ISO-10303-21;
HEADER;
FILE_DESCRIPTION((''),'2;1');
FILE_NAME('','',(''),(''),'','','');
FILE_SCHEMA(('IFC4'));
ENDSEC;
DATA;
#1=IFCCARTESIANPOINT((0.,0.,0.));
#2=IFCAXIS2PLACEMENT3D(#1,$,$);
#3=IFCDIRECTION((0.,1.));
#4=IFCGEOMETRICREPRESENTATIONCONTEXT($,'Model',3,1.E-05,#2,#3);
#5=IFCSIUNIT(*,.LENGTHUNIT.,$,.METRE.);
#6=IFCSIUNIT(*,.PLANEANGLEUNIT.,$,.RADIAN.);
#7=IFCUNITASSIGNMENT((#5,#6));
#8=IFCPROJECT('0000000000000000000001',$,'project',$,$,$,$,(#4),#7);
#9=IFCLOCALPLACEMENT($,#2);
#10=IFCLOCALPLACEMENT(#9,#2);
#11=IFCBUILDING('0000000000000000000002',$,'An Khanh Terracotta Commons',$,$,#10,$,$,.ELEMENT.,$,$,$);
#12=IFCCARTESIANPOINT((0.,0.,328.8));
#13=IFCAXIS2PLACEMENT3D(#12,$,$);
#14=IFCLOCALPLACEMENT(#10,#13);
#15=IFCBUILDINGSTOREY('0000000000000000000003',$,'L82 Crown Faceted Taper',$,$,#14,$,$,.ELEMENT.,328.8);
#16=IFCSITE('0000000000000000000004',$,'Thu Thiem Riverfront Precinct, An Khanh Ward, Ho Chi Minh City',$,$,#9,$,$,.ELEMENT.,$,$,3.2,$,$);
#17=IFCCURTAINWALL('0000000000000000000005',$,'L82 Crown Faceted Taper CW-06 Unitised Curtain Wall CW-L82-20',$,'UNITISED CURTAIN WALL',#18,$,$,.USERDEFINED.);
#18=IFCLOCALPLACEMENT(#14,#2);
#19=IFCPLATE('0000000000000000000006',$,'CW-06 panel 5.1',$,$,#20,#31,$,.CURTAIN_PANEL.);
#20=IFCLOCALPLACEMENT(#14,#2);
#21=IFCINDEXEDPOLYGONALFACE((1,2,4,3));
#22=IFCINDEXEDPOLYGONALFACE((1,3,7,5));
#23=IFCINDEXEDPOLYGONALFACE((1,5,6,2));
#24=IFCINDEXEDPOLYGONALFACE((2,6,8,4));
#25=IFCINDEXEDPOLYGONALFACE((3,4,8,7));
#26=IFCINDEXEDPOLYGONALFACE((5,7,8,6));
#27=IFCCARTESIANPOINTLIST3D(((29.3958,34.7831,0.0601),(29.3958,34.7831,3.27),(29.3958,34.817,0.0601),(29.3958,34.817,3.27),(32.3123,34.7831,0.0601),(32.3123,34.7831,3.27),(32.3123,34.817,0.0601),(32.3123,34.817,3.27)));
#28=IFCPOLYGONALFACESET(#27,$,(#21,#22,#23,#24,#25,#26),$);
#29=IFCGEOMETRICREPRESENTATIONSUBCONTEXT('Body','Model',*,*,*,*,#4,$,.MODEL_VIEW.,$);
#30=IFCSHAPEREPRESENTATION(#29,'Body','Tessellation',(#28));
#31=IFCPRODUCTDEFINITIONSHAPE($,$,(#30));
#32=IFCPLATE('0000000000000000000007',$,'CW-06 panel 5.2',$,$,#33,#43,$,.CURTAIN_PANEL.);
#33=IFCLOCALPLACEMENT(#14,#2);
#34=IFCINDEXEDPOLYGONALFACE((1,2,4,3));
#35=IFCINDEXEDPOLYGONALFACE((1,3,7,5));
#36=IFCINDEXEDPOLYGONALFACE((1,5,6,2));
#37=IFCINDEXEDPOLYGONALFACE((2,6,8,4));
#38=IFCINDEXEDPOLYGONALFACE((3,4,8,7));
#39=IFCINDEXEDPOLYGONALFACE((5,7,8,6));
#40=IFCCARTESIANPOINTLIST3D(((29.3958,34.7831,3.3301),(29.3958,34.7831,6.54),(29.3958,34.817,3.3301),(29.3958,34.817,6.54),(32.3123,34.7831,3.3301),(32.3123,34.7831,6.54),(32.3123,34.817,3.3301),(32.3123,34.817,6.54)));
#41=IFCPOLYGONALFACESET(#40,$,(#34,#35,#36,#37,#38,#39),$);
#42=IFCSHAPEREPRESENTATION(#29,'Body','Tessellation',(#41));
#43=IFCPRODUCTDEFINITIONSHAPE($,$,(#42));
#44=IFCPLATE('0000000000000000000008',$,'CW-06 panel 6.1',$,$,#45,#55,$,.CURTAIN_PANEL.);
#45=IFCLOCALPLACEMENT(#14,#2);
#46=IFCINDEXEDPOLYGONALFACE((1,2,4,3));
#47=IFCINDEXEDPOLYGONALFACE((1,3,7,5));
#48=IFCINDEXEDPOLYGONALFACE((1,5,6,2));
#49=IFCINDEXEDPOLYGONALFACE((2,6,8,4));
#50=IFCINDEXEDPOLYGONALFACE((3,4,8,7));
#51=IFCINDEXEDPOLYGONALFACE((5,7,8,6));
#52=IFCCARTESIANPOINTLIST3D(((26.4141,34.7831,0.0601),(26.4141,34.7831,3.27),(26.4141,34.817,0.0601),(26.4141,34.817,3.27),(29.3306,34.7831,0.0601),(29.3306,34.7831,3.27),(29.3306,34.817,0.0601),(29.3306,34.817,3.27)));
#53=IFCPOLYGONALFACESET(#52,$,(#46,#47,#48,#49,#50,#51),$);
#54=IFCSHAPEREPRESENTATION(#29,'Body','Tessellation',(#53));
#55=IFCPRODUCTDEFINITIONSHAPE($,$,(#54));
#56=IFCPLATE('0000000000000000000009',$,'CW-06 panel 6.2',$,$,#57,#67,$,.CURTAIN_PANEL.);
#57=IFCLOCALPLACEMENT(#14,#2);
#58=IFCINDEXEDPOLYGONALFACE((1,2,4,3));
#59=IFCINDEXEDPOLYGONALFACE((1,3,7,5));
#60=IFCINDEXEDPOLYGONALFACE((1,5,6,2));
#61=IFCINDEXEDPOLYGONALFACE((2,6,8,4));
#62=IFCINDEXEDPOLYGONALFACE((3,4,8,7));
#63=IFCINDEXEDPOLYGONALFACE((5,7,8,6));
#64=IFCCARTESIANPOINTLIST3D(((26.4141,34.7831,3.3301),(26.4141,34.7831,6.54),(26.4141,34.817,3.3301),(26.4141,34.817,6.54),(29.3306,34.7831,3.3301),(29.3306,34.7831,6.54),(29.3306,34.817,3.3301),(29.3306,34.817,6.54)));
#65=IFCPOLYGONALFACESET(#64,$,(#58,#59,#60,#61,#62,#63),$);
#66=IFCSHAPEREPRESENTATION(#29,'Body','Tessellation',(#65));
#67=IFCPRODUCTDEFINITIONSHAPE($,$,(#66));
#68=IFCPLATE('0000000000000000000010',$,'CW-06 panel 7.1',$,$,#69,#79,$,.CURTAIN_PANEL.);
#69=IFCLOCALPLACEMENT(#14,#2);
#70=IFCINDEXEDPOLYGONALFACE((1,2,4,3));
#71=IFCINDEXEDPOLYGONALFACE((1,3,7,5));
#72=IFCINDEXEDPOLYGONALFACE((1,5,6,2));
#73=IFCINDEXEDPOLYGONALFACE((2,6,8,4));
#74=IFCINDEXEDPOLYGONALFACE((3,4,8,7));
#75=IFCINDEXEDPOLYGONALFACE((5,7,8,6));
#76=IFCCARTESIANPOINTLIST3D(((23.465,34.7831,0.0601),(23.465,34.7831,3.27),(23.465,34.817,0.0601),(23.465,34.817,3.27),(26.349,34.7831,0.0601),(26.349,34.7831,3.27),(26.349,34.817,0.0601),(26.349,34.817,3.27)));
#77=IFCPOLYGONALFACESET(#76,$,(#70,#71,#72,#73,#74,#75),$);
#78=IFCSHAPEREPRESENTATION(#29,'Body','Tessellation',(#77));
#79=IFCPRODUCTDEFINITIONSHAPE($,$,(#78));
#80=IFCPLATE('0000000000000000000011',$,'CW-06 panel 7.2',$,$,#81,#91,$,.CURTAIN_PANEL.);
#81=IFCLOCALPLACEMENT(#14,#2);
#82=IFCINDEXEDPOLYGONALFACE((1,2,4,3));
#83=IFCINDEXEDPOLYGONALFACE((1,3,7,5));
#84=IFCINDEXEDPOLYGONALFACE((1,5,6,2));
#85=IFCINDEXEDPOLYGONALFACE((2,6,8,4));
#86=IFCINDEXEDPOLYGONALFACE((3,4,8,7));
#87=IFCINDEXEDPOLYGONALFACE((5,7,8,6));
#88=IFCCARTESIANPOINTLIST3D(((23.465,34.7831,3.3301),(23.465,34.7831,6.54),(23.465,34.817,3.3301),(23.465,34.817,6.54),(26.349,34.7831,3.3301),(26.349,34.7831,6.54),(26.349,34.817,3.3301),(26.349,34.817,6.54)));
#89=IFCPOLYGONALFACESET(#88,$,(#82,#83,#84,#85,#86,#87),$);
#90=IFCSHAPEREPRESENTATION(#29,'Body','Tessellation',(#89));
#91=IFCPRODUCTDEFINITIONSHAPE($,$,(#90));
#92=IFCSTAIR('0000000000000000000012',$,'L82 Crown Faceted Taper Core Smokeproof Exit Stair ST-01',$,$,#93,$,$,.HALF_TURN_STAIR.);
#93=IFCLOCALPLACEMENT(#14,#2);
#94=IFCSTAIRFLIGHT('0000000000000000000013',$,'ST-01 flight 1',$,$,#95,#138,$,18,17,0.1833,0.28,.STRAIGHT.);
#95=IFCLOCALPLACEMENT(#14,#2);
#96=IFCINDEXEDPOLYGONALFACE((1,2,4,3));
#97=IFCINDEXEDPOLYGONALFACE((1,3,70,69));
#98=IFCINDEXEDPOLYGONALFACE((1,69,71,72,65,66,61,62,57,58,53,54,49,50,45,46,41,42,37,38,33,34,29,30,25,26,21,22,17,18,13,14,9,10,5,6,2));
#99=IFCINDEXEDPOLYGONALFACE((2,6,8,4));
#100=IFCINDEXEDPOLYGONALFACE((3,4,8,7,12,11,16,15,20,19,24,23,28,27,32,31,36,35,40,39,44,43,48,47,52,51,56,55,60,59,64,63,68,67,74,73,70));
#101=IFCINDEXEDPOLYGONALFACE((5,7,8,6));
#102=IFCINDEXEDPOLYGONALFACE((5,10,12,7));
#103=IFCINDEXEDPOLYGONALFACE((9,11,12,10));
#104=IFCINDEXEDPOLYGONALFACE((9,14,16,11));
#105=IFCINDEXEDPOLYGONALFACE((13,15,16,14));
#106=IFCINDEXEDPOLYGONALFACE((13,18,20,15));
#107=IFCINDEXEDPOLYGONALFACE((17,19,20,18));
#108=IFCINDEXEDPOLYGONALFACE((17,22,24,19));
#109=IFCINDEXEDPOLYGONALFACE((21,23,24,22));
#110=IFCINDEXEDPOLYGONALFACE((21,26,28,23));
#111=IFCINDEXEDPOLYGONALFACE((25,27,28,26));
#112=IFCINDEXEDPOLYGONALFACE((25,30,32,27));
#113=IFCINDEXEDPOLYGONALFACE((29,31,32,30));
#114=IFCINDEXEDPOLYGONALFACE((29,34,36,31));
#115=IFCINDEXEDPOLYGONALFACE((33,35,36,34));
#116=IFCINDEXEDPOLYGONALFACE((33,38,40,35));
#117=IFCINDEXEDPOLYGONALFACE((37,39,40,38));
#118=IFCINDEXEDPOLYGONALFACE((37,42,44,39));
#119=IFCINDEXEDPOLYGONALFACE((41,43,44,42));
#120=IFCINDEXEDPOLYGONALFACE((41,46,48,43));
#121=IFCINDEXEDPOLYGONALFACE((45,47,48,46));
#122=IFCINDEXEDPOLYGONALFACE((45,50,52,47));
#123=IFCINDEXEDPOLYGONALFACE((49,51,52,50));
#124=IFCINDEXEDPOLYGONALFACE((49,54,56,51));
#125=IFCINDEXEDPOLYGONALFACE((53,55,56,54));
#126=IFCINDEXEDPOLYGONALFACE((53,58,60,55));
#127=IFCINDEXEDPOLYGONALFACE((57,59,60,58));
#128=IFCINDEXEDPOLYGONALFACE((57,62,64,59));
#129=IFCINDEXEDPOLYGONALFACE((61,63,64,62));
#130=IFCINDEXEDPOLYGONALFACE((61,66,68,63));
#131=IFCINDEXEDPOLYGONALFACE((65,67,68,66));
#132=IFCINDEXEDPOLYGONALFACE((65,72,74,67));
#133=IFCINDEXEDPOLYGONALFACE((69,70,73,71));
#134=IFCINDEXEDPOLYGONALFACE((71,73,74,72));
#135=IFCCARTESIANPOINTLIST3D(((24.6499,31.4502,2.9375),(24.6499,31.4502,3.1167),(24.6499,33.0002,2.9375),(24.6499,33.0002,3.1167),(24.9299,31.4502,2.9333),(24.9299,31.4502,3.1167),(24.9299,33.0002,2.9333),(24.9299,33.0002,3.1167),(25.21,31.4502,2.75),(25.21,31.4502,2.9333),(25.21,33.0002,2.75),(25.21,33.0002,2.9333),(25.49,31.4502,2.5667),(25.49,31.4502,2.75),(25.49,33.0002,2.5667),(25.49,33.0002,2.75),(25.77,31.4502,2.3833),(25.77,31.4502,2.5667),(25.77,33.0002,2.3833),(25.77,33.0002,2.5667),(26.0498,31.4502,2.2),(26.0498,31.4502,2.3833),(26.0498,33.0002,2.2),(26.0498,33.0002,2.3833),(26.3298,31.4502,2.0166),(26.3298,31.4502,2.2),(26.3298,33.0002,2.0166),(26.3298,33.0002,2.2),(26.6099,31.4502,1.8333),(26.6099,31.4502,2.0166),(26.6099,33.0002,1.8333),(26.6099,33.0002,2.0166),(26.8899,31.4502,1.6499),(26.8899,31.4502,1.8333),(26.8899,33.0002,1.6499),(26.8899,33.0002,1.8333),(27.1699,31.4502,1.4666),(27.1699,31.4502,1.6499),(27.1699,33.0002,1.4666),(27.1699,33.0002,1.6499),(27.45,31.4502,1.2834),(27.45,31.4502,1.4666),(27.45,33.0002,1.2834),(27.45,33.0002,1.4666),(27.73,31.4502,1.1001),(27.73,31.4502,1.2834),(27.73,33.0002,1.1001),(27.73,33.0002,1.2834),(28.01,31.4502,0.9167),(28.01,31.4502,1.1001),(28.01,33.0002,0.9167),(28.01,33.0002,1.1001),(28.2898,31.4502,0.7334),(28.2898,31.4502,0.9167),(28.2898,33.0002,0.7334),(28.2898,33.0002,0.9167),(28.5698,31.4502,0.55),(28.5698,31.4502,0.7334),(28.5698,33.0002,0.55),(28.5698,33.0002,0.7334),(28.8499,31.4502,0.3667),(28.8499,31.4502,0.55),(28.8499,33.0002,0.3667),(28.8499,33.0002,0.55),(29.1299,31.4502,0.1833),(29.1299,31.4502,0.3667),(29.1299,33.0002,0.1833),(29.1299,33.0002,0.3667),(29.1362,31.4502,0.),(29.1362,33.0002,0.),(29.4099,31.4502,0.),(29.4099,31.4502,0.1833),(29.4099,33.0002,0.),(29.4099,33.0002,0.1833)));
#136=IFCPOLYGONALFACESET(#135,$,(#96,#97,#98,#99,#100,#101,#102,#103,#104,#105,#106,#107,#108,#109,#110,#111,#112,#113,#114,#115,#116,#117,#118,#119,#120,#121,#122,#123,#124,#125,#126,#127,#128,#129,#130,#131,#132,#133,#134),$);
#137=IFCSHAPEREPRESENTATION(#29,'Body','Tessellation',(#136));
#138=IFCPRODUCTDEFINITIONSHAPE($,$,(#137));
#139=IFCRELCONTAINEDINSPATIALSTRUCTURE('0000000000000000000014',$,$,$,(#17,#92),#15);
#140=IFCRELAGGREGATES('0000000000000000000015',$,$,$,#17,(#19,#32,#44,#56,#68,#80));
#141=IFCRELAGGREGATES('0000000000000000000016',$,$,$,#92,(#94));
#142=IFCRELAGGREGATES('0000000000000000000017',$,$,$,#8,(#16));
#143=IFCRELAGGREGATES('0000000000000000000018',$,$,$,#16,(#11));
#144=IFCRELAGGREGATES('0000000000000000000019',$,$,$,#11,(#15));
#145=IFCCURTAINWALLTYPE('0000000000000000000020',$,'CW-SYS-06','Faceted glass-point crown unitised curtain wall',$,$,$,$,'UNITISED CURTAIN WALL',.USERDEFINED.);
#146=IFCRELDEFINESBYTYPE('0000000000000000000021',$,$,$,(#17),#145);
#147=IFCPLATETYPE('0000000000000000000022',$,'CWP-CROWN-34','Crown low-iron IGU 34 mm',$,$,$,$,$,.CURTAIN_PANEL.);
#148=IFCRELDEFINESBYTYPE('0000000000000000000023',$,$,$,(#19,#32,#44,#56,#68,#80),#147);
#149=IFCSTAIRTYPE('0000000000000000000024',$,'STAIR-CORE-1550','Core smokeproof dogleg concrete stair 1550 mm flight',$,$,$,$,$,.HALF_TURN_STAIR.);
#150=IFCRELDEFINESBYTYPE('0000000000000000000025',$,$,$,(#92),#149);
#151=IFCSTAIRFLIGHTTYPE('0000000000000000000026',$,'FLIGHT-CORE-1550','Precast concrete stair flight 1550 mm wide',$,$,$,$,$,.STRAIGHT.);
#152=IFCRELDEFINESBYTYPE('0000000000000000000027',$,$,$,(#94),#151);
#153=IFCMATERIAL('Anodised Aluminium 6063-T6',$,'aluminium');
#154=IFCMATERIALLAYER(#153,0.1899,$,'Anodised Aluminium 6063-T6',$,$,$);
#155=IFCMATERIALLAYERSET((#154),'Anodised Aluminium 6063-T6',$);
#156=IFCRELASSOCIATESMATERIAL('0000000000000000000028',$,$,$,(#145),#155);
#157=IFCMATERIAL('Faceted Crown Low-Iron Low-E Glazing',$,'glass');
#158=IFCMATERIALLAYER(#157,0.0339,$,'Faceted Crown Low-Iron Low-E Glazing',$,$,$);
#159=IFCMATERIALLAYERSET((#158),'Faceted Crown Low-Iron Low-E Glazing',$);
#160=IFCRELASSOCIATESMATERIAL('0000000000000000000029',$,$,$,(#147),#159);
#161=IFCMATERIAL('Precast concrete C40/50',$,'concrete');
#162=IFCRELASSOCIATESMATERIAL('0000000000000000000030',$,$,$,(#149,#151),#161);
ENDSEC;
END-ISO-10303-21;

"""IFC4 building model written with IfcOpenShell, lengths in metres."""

from ifc_helpers import new_model, si_unit, direction, frame, origin, origin_2d, place, context, subcontext, project, spatial, polyline, rectangle, outline, extrude, material, layer, layer_set, type_object, element, aggregate, save


model = new_model("IFC4")

# Units and contexts
model_context = context("Model", 3, precision=1e-05, world=origin(), true_north=direction((0.0, 1.0)))
body_context = subcontext(model_context, "Body", "Model", "MODEL_VIEW")
ifc_project = project(units=[si_unit("LENGTHUNIT", "METRE"), si_unit("PLANEANGLEUNIT", "RADIAN")], contexts=[model_context])

# Site, building, storey
site_placement = place(None, origin())
site = spatial("IfcSite", under=ifc_project, at=site_placement, Name="Thu Thiem Riverfront Precinct, An Khanh Ward, Ho Chi Minh City", CompositionType="ELEMENT", RefElevation=3.2)
building_placement = place(site_placement, origin())
building = spatial("IfcBuilding", under=site, at=building_placement, Name="An Khanh Terracotta Commons", CompositionType="ELEMENT")
storey_placement = place(building_placement, frame((0.0, 0.0, 328.8)))
storey = spatial("IfcBuildingStorey", under=building, at=storey_placement, Name="L82 Crown Faceted Taper", CompositionType="ELEMENT", Elevation=328.8)

# Curtain wall, plates
ifc_material_1 = material(Name="Anodised Aluminium 6063-T6", Category="aluminium")
ifc_layer_1 = layer(ifc_material_1, 0.1899, Name="Anodised Aluminium 6063-T6")
ifc_layer_set_1 = layer_set([ifc_layer_1], Name="Anodised Aluminium 6063-T6")
curtain_wall_type = type_object("IfcCurtainWallType", Name="CW-SYS-06", Description="Faceted glass-point crown unitised curtain wall", ElementType="UNITISED CURTAIN WALL", PredefinedType="USERDEFINED", material=ifc_layer_set_1)
curtain_wall_placement = place(storey_placement, origin())
curtain_wall = element("IfcCurtainWall", 1, at=curtain_wall_placement, inside=storey, type_object=curtain_wall_type, Name="L82 Crown Faceted Taper CW-06 Unitised Curtain Wall CW-L82-20", ObjectType="UNITISED CURTAIN WALL", PredefinedType="USERDEFINED")
ifc_material_2 = material(Name="Faceted Crown Low-Iron Low-E Glazing", Category="glass")
ifc_layer_2 = layer(ifc_material_2, 0.0339, Name="Faceted Crown Low-Iron Low-E Glazing")
ifc_layer_set_2 = layer_set([ifc_layer_2], Name="Faceted Crown Low-Iron Low-E Glazing")
plate_type = type_object("IfcPlateType", Name="CWP-CROWN-34", Description="Crown low-iron IGU 34 mm", PredefinedType="CURTAIN_PANEL", material=ifc_layer_set_2)
plate_1_placement = place(storey_placement, frame((30.854, 34.8, 0.0601), z_axis=(0.0, 0.0, 1.0), x_axis=(-1.0, 0.0, 0.0)))
plate_1 = element("IfcPlate", 2, at=plate_1_placement, type_object=plate_type, Name="CW-06 panel 5.1", PredefinedType="CURTAIN_PANEL", context=body_context, shape_type="SweptSolid", body=[
    extrude(rectangle(XDim=2.9165, YDim=0.0339, at=origin_2d()), origin(), (0.0, 0.0, 1.0), 3.21),
])
plate_2_placement = place(storey_placement, frame((30.854, 34.8, 3.3301), z_axis=(0.0, 0.0, 1.0), x_axis=(-1.0, 0.0, 0.0)))
plate_2 = element("IfcPlate", 3, at=plate_2_placement, type_object=plate_type, Name="CW-06 panel 5.2", PredefinedType="CURTAIN_PANEL", context=body_context, shape_type="SweptSolid", body=[
    extrude(rectangle(XDim=2.9165, YDim=0.0339, at=origin_2d()), origin(), (0.0, 0.0, 1.0), 3.21),
])
plate_3_placement = place(storey_placement, frame((27.8723, 34.8, 0.0601), z_axis=(0.0, 0.0, 1.0), x_axis=(-1.0, 0.0, 0.0)))
plate_3 = element("IfcPlate", 4, at=plate_3_placement, type_object=plate_type, Name="CW-06 panel 6.1", PredefinedType="CURTAIN_PANEL", context=body_context, shape_type="SweptSolid", body=[
    extrude(rectangle(XDim=2.9165, YDim=0.0339, at=origin_2d()), origin(), (0.0, 0.0, 1.0), 3.21),
])
plate_4_placement = place(storey_placement, frame((27.8723, 34.8, 3.3301), z_axis=(0.0, 0.0, 1.0), x_axis=(-1.0, 0.0, 0.0)))
plate_4 = element("IfcPlate", 5, at=plate_4_placement, type_object=plate_type, Name="CW-06 panel 6.2", PredefinedType="CURTAIN_PANEL", context=body_context, shape_type="SweptSolid", body=[
    extrude(rectangle(XDim=2.9165, YDim=0.0339, at=origin_2d()), origin(), (0.0, 0.0, 1.0), 3.21),
])
plate_5_placement = place(storey_placement, frame((24.907, 34.8, 0.0601), z_axis=(0.0, 0.0, 1.0), x_axis=(-1.0, 0.0, 0.0)))
plate_5 = element("IfcPlate", 6, at=plate_5_placement, type_object=plate_type, Name="CW-06 panel 7.1", PredefinedType="CURTAIN_PANEL", context=body_context, shape_type="SweptSolid", body=[
    extrude(rectangle(XDim=2.884, YDim=0.0339, at=origin_2d()), origin(), (0.0, 0.0, 1.0), 3.21),
])
plate_6_placement = place(storey_placement, frame((24.907, 34.8, 3.3301), z_axis=(0.0, 0.0, 1.0), x_axis=(-1.0, 0.0, 0.0)))
plate_6 = element("IfcPlate", 7, at=plate_6_placement, type_object=plate_type, Name="CW-06 panel 7.2", PredefinedType="CURTAIN_PANEL", context=body_context, shape_type="SweptSolid", body=[
    extrude(rectangle(XDim=2.884, YDim=0.0339, at=origin_2d()), origin(), (0.0, 0.0, 1.0), 3.21),
])
aggregate(curtain_wall, [plate_1, plate_2, plate_3, plate_4, plate_5, plate_6])

# Stair, stair flight
ifc_material_3 = material(Name="Precast concrete C40/50", Category="concrete")
stair_type = type_object("IfcStairType", Name="STAIR-CORE-1550", Description="Core smokeproof dogleg concrete stair 1550 mm flight", PredefinedType="HALF_TURN_STAIR", material=ifc_material_3)
stair_placement = place(storey_placement, origin())
stair = element("IfcStair", 8, at=stair_placement, inside=storey, type_object=stair_type, Name="L82 Crown Faceted Taper Core Smokeproof Exit Stair ST-01", PredefinedType="HALF_TURN_STAIR")
stair_flight_type = type_object("IfcStairFlightType", Name="FLIGHT-CORE-1550", Description="Precast concrete stair flight 1550 mm wide", PredefinedType="STRAIGHT", material=ifc_material_3)
stair_flight_placement = place(storey_placement, frame((29.4099, 32.2251, 0.0), z_axis=(0.0, 0.0, 1.0), x_axis=(-1.0, 0.0, 0.0)))
stair_flight = element("IfcStairFlight", 9, at=stair_flight_placement, type_object=stair_flight_type, Name="ST-01 flight 1", NumberOfRisers=18, NumberOfTreads=17, PredefinedType="STRAIGHT", RiserHeight=0.1833, TreadLength=0.28, context=body_context, shape_type="SweptSolid", body=[
    extrude(outline(polyline([(0.0, 0.0), (0.0, 0.1833), (0.28, 0.1833), (0.28, 0.3667), (0.5601, 0.3667), (0.5601, 0.55), (0.8401, 0.55), (0.8401, 0.7334), (1.1201, 0.7334), (1.1201, 0.9167), (1.3999, 0.9167), (1.3999, 1.1001), (1.6799, 1.1001), (1.6799, 1.2834), (1.96, 1.2834), (1.96, 1.4666), (2.24, 1.4666), (2.24, 1.6499), (2.52, 1.6499), (2.52, 1.8333), (2.8, 1.8333), (2.8, 2.0166), (3.0801, 2.0166), (3.0801, 2.2), (3.3601, 2.2), (3.3601, 2.3833), (3.6399, 2.3833), (3.6399, 2.5667), (3.9199, 2.5667), (3.9199, 2.75), (4.2, 2.75), (4.2, 2.9333), (4.48, 2.9333), (4.48, 3.1167), (4.76, 3.1167), (4.76, 3.3), (4.76, 2.9375), (0.2737, 0.0), (0.0, 0.0)])), frame((0.0, 0.7749, 0.0), z_axis=(0.0, -1.0, 0.0), x_axis=(1.0, 0.0, 0.0)), (0.0, 0.0, 1.0), 1.55),
])
aggregate(stair, [stair_flight])

save(model, "model.ifc")
